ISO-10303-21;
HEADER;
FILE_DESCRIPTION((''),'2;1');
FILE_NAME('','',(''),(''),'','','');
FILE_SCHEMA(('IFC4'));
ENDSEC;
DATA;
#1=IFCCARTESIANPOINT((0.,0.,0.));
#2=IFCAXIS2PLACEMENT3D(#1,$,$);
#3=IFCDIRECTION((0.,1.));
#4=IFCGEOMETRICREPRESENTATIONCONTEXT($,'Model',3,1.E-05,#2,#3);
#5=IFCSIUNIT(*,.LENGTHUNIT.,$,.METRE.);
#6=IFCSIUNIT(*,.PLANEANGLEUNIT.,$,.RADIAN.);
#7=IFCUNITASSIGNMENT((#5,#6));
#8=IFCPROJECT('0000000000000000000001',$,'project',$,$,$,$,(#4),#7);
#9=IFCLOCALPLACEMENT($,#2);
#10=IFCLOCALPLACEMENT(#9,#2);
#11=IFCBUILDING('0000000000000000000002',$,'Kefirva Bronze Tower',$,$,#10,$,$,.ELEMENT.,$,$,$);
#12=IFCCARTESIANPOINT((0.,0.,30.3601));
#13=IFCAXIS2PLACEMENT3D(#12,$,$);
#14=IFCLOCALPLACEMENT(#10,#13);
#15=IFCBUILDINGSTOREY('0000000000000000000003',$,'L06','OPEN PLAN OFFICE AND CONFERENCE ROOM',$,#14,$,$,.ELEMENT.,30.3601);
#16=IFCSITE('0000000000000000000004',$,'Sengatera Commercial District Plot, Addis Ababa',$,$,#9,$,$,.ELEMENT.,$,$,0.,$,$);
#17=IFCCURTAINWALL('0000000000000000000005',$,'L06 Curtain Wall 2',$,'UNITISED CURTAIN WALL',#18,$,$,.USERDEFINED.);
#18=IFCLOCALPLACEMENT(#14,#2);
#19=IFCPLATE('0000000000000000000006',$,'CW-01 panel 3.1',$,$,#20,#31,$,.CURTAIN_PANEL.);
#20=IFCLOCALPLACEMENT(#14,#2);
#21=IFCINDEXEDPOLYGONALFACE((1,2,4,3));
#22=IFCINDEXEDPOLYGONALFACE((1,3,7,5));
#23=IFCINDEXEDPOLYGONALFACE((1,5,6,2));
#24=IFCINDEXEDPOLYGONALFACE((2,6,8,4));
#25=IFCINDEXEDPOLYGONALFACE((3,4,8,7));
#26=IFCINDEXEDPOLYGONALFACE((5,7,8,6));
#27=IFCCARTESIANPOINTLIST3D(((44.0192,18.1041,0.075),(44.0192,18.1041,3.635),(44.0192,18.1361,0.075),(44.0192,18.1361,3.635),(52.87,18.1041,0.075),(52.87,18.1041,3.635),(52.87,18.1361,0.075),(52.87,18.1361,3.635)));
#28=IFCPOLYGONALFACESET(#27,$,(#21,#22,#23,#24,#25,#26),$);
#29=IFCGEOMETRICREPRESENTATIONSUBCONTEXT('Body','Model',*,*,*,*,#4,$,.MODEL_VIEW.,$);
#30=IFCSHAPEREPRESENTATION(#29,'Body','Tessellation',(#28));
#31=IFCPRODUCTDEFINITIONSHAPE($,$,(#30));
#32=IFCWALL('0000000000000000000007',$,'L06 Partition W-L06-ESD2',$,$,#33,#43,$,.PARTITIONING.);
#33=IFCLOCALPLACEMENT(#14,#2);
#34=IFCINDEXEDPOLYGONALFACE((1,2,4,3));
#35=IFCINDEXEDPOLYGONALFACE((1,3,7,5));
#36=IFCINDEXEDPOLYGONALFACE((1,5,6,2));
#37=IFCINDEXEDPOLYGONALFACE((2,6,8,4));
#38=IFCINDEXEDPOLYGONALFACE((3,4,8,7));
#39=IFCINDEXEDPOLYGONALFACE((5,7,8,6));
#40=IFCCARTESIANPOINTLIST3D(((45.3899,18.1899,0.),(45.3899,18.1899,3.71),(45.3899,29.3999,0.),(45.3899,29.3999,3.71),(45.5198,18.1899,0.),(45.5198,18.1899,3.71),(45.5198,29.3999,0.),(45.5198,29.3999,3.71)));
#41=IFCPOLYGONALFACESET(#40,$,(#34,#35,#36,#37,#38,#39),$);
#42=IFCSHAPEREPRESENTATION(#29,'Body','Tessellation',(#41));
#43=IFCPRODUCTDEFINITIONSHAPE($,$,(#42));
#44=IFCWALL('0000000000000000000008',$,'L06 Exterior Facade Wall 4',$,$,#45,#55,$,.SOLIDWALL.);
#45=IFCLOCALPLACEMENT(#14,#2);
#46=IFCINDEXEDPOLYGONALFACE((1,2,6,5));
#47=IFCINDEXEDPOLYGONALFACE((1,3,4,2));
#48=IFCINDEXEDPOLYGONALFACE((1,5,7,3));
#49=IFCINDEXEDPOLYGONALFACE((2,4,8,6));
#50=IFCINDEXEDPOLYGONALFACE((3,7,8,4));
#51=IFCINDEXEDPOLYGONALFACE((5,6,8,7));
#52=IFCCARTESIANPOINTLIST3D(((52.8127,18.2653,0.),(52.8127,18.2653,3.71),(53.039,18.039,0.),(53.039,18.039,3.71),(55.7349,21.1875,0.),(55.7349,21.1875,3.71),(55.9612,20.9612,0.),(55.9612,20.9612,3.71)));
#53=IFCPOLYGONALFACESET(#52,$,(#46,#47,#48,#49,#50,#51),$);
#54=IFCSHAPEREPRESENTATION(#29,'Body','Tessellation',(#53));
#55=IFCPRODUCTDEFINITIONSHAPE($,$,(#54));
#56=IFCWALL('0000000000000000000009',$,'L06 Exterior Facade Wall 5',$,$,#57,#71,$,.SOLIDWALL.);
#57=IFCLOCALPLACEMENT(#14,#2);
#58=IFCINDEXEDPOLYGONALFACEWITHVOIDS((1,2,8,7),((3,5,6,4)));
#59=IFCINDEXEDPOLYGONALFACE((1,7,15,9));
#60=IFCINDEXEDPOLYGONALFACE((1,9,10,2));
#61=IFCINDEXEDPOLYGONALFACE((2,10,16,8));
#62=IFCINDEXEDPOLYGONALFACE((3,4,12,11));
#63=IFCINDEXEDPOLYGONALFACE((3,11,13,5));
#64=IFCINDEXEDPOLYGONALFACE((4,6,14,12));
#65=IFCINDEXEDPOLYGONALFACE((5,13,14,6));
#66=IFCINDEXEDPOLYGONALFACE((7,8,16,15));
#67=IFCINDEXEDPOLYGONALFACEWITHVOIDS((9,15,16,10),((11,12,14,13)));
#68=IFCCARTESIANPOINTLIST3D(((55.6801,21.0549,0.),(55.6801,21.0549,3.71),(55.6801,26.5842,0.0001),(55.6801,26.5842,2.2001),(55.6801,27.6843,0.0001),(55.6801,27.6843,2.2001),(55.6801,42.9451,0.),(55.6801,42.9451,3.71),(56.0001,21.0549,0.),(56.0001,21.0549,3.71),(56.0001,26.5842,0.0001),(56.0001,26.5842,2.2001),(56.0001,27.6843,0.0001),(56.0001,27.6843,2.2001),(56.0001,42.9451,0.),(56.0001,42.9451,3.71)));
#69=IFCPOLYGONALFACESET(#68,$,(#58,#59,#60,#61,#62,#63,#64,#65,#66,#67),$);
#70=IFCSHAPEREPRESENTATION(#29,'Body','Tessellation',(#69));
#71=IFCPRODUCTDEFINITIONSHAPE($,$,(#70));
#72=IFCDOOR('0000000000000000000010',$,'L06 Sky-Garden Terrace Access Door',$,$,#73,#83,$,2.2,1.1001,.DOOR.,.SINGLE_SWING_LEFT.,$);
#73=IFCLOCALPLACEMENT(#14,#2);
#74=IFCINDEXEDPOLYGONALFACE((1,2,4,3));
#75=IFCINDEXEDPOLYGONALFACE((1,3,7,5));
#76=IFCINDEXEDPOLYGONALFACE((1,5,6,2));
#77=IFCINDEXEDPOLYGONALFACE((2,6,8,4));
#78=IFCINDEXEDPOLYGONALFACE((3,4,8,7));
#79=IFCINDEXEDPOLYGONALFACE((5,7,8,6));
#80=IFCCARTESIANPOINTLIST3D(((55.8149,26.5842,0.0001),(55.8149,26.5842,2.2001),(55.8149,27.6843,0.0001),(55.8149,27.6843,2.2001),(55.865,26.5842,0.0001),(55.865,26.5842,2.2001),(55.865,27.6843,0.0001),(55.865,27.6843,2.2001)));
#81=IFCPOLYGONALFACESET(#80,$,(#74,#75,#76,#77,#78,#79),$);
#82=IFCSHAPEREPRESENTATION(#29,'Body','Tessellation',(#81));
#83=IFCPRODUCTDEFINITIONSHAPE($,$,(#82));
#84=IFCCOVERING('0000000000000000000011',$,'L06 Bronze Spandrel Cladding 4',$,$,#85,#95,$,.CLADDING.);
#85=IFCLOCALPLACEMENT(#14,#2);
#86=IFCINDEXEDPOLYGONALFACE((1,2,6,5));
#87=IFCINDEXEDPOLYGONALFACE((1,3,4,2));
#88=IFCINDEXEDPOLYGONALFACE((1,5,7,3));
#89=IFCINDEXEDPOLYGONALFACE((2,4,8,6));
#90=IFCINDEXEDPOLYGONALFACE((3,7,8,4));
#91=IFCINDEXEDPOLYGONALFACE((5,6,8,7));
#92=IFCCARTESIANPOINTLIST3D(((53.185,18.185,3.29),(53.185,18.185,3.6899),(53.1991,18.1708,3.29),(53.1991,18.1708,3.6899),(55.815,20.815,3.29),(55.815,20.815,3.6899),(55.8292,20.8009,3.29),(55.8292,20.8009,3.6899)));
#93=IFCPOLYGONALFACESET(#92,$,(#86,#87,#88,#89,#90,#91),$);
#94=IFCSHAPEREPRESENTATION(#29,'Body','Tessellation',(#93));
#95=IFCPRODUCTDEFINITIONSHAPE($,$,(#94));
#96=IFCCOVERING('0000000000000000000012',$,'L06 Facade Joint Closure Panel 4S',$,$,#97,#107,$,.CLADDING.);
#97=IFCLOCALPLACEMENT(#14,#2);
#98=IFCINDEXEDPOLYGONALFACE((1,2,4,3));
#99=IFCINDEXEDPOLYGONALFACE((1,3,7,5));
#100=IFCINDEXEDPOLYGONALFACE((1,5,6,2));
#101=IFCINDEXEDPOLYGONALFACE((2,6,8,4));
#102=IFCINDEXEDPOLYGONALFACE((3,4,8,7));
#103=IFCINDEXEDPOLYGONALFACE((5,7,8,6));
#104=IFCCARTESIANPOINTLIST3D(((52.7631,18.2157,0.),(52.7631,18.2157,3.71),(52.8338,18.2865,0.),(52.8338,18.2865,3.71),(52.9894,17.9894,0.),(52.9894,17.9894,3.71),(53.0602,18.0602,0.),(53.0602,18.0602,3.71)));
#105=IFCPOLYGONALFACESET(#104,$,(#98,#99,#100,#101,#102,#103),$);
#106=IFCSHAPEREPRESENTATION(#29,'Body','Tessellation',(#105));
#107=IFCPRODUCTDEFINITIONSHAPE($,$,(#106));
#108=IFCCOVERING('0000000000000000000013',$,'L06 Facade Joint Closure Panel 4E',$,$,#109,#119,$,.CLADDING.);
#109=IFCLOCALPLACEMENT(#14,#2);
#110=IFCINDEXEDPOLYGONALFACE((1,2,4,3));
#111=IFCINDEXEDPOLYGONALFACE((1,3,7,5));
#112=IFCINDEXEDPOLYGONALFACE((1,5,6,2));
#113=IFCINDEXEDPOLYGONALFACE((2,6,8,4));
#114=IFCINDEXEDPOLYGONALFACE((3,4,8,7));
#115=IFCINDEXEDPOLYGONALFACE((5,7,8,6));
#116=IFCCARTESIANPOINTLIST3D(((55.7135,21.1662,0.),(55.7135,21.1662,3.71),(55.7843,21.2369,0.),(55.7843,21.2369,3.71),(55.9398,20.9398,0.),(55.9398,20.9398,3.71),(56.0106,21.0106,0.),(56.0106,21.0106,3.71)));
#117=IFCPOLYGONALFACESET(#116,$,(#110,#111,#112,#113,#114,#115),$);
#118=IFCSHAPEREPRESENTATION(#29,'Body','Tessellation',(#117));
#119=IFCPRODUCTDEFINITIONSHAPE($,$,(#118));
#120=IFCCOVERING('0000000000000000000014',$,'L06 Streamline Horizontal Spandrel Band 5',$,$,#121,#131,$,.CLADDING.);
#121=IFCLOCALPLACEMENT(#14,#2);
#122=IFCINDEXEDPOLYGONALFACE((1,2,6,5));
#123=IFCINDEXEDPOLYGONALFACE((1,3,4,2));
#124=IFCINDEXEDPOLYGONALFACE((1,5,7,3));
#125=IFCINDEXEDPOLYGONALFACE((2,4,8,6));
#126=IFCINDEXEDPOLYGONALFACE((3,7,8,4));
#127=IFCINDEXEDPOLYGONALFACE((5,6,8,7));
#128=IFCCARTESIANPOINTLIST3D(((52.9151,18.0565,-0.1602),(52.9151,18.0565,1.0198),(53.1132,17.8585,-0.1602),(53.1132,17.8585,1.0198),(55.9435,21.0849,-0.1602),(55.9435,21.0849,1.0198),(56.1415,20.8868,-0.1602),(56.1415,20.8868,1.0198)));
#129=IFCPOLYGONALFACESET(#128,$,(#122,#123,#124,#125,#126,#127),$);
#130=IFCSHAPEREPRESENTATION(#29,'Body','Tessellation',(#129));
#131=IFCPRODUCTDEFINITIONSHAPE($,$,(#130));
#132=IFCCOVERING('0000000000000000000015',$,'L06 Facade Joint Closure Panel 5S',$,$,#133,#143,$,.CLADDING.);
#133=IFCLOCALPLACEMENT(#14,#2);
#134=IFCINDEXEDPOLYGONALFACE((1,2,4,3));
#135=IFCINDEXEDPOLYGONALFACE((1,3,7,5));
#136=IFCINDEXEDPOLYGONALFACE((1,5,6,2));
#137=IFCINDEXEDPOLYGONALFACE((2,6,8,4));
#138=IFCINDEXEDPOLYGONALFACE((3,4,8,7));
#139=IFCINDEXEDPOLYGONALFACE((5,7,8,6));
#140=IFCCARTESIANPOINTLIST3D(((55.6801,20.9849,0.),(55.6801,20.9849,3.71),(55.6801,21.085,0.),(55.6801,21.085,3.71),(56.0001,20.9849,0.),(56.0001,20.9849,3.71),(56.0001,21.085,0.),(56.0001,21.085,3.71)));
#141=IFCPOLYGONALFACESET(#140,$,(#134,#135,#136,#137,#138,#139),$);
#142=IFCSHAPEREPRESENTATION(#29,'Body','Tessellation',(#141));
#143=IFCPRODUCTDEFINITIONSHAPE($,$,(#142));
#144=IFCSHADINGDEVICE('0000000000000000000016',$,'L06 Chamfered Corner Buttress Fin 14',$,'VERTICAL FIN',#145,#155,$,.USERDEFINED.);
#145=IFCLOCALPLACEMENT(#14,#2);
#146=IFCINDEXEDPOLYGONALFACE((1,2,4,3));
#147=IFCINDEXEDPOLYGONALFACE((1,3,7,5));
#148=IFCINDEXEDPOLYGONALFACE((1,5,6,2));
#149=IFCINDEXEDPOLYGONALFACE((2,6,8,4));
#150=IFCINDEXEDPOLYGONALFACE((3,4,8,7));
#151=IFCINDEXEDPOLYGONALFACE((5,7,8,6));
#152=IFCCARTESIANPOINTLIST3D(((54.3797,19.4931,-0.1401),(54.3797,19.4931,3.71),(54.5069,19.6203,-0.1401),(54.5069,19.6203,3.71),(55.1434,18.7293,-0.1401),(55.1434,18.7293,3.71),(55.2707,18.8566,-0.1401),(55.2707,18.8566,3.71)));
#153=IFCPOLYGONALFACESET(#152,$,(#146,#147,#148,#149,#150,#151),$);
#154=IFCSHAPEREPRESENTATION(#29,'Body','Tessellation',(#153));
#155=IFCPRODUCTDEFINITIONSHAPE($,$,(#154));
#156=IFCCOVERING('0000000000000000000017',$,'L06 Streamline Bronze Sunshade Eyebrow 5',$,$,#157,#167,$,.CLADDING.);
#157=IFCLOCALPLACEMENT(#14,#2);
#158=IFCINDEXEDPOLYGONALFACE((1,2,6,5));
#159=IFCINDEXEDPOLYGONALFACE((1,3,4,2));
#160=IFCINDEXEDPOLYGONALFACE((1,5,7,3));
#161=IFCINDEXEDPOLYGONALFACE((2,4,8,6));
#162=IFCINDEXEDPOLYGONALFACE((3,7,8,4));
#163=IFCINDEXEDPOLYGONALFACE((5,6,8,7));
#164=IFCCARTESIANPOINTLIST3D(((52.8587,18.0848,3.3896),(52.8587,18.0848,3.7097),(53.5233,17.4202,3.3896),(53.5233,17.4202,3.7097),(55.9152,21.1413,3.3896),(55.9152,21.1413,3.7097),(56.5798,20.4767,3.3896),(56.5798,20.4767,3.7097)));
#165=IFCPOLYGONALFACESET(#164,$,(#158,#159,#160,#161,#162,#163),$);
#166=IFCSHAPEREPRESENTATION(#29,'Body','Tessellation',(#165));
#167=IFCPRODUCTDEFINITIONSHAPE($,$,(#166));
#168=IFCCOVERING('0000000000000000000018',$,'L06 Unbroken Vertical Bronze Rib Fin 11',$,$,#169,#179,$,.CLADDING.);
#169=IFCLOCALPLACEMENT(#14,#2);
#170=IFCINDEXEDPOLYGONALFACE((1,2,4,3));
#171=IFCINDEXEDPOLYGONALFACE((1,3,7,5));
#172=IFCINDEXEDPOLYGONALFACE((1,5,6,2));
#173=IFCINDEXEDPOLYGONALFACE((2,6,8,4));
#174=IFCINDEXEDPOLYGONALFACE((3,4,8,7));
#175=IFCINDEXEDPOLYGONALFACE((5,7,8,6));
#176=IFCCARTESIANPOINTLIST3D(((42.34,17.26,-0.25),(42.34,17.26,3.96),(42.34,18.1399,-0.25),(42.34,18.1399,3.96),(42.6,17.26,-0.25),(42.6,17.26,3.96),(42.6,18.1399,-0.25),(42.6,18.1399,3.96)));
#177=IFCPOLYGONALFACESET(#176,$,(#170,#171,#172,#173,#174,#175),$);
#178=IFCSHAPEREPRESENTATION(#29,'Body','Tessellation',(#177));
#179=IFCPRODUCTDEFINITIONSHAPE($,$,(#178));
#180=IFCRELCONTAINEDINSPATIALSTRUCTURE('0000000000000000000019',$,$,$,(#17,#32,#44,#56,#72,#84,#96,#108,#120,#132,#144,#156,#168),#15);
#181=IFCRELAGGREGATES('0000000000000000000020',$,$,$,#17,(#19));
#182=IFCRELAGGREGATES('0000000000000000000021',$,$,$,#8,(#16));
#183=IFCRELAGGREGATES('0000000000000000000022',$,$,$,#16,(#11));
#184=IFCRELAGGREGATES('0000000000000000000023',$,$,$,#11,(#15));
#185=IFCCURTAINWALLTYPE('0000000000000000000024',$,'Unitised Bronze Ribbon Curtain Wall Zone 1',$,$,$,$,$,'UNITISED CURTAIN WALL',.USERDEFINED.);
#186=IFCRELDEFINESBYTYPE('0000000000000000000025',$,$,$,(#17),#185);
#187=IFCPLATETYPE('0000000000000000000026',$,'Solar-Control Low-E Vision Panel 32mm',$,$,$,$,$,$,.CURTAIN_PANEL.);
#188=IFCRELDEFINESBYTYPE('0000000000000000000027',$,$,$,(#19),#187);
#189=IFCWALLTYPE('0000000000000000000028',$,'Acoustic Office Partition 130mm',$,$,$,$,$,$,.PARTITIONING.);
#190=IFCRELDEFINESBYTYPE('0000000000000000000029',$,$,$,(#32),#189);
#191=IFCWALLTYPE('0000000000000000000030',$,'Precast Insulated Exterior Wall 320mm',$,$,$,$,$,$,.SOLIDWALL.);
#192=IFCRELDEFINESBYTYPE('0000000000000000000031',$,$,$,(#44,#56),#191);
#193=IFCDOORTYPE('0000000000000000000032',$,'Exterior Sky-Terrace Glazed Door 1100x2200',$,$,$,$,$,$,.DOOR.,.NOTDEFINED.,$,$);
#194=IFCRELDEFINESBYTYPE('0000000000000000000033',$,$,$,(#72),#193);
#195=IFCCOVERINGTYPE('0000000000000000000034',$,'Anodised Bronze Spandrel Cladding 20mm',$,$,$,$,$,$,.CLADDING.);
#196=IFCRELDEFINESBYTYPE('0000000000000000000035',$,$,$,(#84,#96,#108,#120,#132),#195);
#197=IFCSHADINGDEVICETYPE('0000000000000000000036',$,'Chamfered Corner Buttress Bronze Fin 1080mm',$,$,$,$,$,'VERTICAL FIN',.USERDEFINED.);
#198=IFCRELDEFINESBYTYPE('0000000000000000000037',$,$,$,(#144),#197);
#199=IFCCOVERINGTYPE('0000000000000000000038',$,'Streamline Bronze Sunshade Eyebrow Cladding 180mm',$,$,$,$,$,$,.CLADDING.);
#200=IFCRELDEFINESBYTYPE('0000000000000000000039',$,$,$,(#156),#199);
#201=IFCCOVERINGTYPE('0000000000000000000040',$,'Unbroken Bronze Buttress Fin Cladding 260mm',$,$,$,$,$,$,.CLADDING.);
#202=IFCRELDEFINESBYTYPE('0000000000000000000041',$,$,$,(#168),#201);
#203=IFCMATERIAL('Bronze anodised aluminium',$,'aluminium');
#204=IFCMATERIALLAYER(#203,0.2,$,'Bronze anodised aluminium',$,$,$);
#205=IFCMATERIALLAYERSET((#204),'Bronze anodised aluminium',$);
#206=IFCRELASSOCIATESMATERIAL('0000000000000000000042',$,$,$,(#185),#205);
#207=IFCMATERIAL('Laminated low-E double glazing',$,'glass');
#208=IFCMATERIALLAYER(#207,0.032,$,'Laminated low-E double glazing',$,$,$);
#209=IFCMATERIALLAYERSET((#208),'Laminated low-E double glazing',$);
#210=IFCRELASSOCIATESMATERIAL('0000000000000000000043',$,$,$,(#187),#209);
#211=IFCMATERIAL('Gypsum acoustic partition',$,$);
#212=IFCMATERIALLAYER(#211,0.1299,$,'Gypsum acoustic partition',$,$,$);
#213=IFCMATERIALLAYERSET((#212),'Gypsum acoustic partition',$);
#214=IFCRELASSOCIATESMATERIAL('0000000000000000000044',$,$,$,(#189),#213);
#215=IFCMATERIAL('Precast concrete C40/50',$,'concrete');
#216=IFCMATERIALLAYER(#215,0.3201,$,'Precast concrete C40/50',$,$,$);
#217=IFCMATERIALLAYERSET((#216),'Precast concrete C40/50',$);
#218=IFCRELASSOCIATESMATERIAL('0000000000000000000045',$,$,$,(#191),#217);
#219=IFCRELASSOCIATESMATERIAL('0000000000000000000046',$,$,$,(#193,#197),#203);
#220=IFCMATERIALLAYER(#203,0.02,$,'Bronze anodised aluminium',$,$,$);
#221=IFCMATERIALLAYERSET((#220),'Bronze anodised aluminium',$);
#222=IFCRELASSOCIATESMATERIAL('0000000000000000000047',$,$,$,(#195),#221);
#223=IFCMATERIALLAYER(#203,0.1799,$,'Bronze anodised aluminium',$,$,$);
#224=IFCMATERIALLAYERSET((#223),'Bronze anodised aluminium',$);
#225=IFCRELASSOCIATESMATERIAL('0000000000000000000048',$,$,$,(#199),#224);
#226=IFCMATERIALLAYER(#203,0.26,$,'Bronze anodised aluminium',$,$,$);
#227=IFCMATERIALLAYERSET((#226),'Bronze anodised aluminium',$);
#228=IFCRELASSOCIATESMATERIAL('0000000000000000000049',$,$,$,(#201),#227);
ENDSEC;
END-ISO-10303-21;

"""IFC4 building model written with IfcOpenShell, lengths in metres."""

from ifc_helpers import new_model, si_unit, direction, frame, frame_2d, origin, origin_2d, place, context, subcontext, project, spatial, rectangle, extrude, material, layer, layer_set, material_profile, profile_set, type_object, element, fill, aggregate, save


model = new_model("IFC4")

# Units and contexts
model_context = context("Model", 3, precision=1e-05, world=origin(), true_north=direction((0.0, 1.0)))
body_context = subcontext(model_context, "Body", "Model", "MODEL_VIEW")
ifc_project = project(units=[si_unit("LENGTHUNIT", "METRE"), si_unit("PLANEANGLEUNIT", "RADIAN")], contexts=[model_context])

# Site, building, storey
site_placement = place(None, origin())
site = spatial("IfcSite", under=ifc_project, at=site_placement, Name="Sengatera Commercial District Plot, Addis Ababa", CompositionType="ELEMENT", RefElevation=0.0)
building_placement = place(site_placement, origin())
building = spatial("IfcBuilding", under=site, at=building_placement, Name="Kefirva Bronze Tower", CompositionType="ELEMENT")
storey_placement = place(building_placement, frame((0.0, 0.0, 30.3601)))
storey = spatial("IfcBuildingStorey", under=building, at=storey_placement, Name="L06", Description="OPEN PLAN OFFICE AND CONFERENCE ROOM", CompositionType="ELEMENT", Elevation=30.3601)

# Curtain wall
ifc_material_1 = material(Name="Bronze anodised aluminium", Category="aluminium")
ifc_layer_1 = layer(ifc_material_1, 0.2, Name="Bronze anodised aluminium")
ifc_layer_set_1 = layer_set([ifc_layer_1], Name="Bronze anodised aluminium")
curtain_wall_type = type_object("IfcCurtainWallType", Name="Unitised Bronze Ribbon Curtain Wall Zone 1", ElementType="UNITISED CURTAIN WALL", PredefinedType="USERDEFINED", material=ifc_layer_set_1)
curtain_wall_placement = place(storey_placement, origin())
curtain_wall = element("IfcCurtainWall", 1, at=curtain_wall_placement, inside=storey, type_object=curtain_wall_type, Name="L06 Curtain Wall 2", ObjectType="UNITISED CURTAIN WALL", PredefinedType="USERDEFINED")

# Plate
ifc_material_2 = material(Name="Laminated low-E double glazing", Category="glass")
ifc_layer_2 = layer(ifc_material_2, 0.032, Name="Laminated low-E double glazing")
ifc_layer_set_2 = layer_set([ifc_layer_2], Name="Laminated low-E double glazing")
plate_type = type_object("IfcPlateType", Name="Solar-Control Low-E Vision Panel 32mm", PredefinedType="CURTAIN_PANEL", material=ifc_layer_set_2)
plate_placement = place(storey_placement, frame((48.4446, 18.1201, 0.075), z_axis=(0.0, 0.0, 1.0), x_axis=(1.0, 0.0, 0.0)))
plate = element("IfcPlate", 2, at=plate_placement, type_object=plate_type, Name="CW-01 panel 3.1", PredefinedType="CURTAIN_PANEL", context=body_context, shape_type="SweptSolid", body=[
    extrude(rectangle(XDim=8.8508, YDim=0.032, at=origin_2d()), origin(), (0.0, 0.0, 1.0), 3.5601),
])
aggregate(curtain_wall, [plate])

# Walls
ifc_material_3 = material(Name="Gypsum acoustic partition")
ifc_layer_3 = layer(ifc_material_3, 0.1299, Name="Gypsum acoustic partition")
ifc_layer_set_3 = layer_set([ifc_layer_3], Name="Gypsum acoustic partition")
wall_type_1 = type_object("IfcWallType", Name="Acoustic Office Partition 130mm", PredefinedType="PARTITIONING", material=ifc_layer_set_3)
wall_1_placement = place(storey_placement, frame((45.4548, 18.1899, 0.0), z_axis=(0.0, 0.0, 1.0), x_axis=(0.0, 1.0, 0.0)))
element("IfcWall", 3, at=wall_1_placement, inside=storey, type_object=wall_type_1, Name="L06 Partition W-L06-ESD2", PredefinedType="PARTITIONING", context=body_context, shape_type="SweptSolid", body=[
    extrude(rectangle(XDim=11.21, YDim=0.1299, at=frame_2d((5.605, 0.0))), origin(), (0.0, 0.0, 1.0), 3.71),
])
ifc_material_4 = material(Name="Precast concrete C40/50", Category="concrete")
ifc_layer_4 = layer(ifc_material_4, 0.3201, Name="Precast concrete C40/50")
ifc_layer_set_4 = layer_set([ifc_layer_4], Name="Precast concrete C40/50")
wall_type_2 = type_object("IfcWallType", Name="Precast Insulated Exterior Wall 320mm", PredefinedType="SOLIDWALL", material=ifc_layer_set_4)
wall_2_placement = place(storey_placement, frame((52.9258, 18.1521, 0.0), z_axis=(0.0, 0.0, 1.0), x_axis=(0.707107, 0.707107, 0.0)))
element("IfcWall", 4, at=wall_2_placement, inside=storey, type_object=wall_type_2, Name="L06 Exterior Facade Wall 4", PredefinedType="SOLIDWALL", context=body_context, shape_type="SweptSolid", body=[
    extrude(rectangle(XDim=4.1326, YDim=0.3201, at=frame_2d((2.0664, 0.0))), origin(), (0.0, 0.0, 1.0), 3.71),
])

# Wall, opening, door
wall_3_placement = place(storey_placement, frame((55.8401, 21.0549, 0.0), z_axis=(0.0, 0.0, 1.0), x_axis=(0.0, 1.0, 0.0)))
wall_3 = element("IfcWall", 5, at=wall_3_placement, inside=storey, type_object=wall_type_2, Name="L06 Exterior Facade Wall 5", PredefinedType="SOLIDWALL", context=body_context, shape_type="SweptSolid", body=[
    extrude(rectangle(XDim=21.8901, YDim=0.3201, at=frame_2d((10.9451, 0.0))), origin(), (0.0, 0.0, 1.0), 3.71),
])
opening_placement = place(wall_3_placement, frame((6.6294, 0.0, 0.0), z_axis=(0.0, 0.0, 1.0), x_axis=(-1.0, 0.0, 0.0)))
opening = element("IfcOpeningElement", 6, at=opening_placement, cuts=wall_3, PredefinedType="OPENING", context=body_context, shape_type="SweptSolid", body=[
    extrude(rectangle(XDim=1.1001, YDim=2.2, at=frame_2d((0.55, 1.1001))), frame((0.0, 0.1699, 0.0), z_axis=(0.0, -1.0, 0.0), x_axis=(1.0, 0.0, 0.0)), (0.0, 0.0, 1.0), 0.3401),
])
door_type = type_object("IfcDoorType", Name="Exterior Sky-Terrace Glazed Door 1100x2200", OperationType="NOTDEFINED", PredefinedType="DOOR", material=ifc_material_1)
door_placement = place(opening_placement, origin())
door = element("IfcDoor", 7, at=door_placement, inside=storey, type_object=door_type, Name="L06 Sky-Garden Terrace Access Door", OperationType="SINGLE_SWING_LEFT", OverallHeight=2.2, OverallWidth=1.1001, PredefinedType="DOOR", context=body_context, shape_type="SweptSolid", body=[
    extrude(rectangle(XDim=1.1001, YDim=2.2, at=frame_2d((0.55, 1.1001))), frame((0.0, 0.0249, 0.0), z_axis=(0.0, -1.0, 0.0), x_axis=(1.0, 0.0, 0.0)), (0.0, 0.0, 1.0), 0.05),
])
fill(opening, door)

# Coverings
ifc_layer_5 = layer(ifc_material_1, 0.02, Name="Bronze anodised aluminium")
ifc_layer_set_5 = layer_set([ifc_layer_5], Name="Bronze anodised aluminium")
covering_type_1 = type_object("IfcCoveringType", Name="Anodised Bronze Spandrel Cladding 20mm", PredefinedType="CLADDING", material=ifc_layer_set_5)
covering_1_placement = place(storey_placement, frame((54.5071, 19.4929, 3.29), z_axis=(0.0, 0.0, 1.0), x_axis=(0.707107, 0.707107, 0.0)))
element("IfcCovering", 8, at=covering_1_placement, inside=storey, type_object=covering_type_1, Name="L06 Bronze Spandrel Cladding 4", PredefinedType="CLADDING", context=body_context, shape_type="SweptSolid", body=[
    extrude(rectangle(XDim=3.7195, YDim=0.02, at=origin_2d()), origin(), (0.0, 0.0, 1.0), 0.3999),
])
for number, where, z_axis, x_axis, name in (
    (9, (52.9116, 18.1379, 0.0), (0.0, 0.0, 1.0), (0.707107, 0.707107, 0.0), "L06 Facade Joint Closure Panel 4S"),
    (10, (55.8621, 21.0884, 0.0), (0.0, 0.0, 1.0), (0.707107, 0.707107, 0.0), "L06 Facade Joint Closure Panel 4E"),
):
    element("IfcCovering", number, at=place(storey_placement, frame(where, z_axis=z_axis, x_axis=x_axis)), inside=storey, type_object=covering_type_1, Name=name, PredefinedType="CLADDING", context=body_context, shape_type="SweptSolid", body=[
        extrude(rectangle(XDim=0.1001, YDim=0.3201, at=origin_2d()), origin(), (0.0, 0.0, 1.0), 3.71),
    ])
covering_2_placement = place(storey_placement, frame((54.5283, 19.4717, -0.1602), z_axis=(0.0, 0.0, 1.0), x_axis=(0.707107, 0.707107, 0.0)))
element("IfcCovering", 11, at=covering_2_placement, inside=storey, type_object=covering_type_1, Name="L06 Streamline Horizontal Spandrel Band 5", PredefinedType="CLADDING", context=body_context, shape_type="SweptSolid", body=[
    extrude(rectangle(XDim=4.2827, YDim=0.28, at=origin_2d()), origin(), (0.0, 0.0, 1.0), 1.1799),
])
covering_3_placement = place(storey_placement, frame((55.8401, 21.0349, 0.0), z_axis=(0.0, 0.0, 1.0), x_axis=(0.0, 1.0, 0.0)))
element("IfcCovering", 12, at=covering_3_placement, inside=storey, type_object=covering_type_1, Name="L06 Facade Joint Closure Panel 5S", PredefinedType="CLADDING", context=body_context, shape_type="SweptSolid", body=[
    extrude(rectangle(XDim=0.1001, YDim=0.3201, at=origin_2d()), origin(), (0.0, 0.0, 1.0), 3.71),
])

# Shading device
ifc_material_profile_1 = material_profile(ifc_material_1, rectangle(XDim=0.1799, YDim=1.0801, at=origin_2d()), Name="BRONZE BUTTRESS FIN 180x1080")
ifc_profile_set_1 = profile_set([ifc_material_profile_1], Name="Bronze anodised aluminium")
shading_device_type = type_object("IfcShadingDeviceType", Name="Chamfered Corner Buttress Bronze Fin 1080mm", ElementType="VERTICAL FIN", PredefinedType="USERDEFINED", material=ifc_profile_set_1)
shading_device_placement = place(storey_placement, frame((54.8252, 19.1748, -0.1401), z_axis=(0.0, 0.0, 1.0), x_axis=(0.707107, 0.707107, 0.0)))
element("IfcShadingDevice", 13, at=shading_device_placement, inside=storey, type_object=shading_device_type, Name="L06 Chamfered Corner Buttress Fin 14", ObjectType="VERTICAL FIN", PredefinedType="USERDEFINED", context=body_context, shape_type="SweptSolid", body=[
    extrude(rectangle(XDim=0.1799, YDim=1.0801, at=origin_2d()), origin(), (0.0, 0.0, 1.0), 3.8501),
])

# Coverings
ifc_layer_6 = layer(ifc_material_1, 0.1799, Name="Bronze anodised aluminium")
ifc_layer_set_6 = layer_set([ifc_layer_6], Name="Bronze anodised aluminium")
covering_type_2 = type_object("IfcCoveringType", Name="Streamline Bronze Sunshade Eyebrow Cladding 180mm", PredefinedType="CLADDING", material=ifc_layer_set_6)
covering_4_placement = place(storey_placement, frame((54.7192, 19.2808, 3.3896), z_axis=(0.0, 0.0, 1.0), x_axis=(0.707107, 0.707107, 0.0)))
element("IfcCovering", 14, at=covering_4_placement, inside=storey, type_object=covering_type_2, Name="L06 Streamline Bronze Sunshade Eyebrow 5", PredefinedType="CLADDING", context=body_context, shape_type="SweptSolid", body=[
    extrude(rectangle(XDim=4.3225, YDim=0.9399, at=origin_2d()), origin(), (0.0, 0.0, 1.0), 0.3201),
])
ifc_layer_7 = layer(ifc_material_1, 0.26, Name="Bronze anodised aluminium")
ifc_layer_set_7 = layer_set([ifc_layer_7], Name="Bronze anodised aluminium")
covering_type_3 = type_object("IfcCoveringType", Name="Unbroken Bronze Buttress Fin Cladding 260mm", PredefinedType="CLADDING", material=ifc_layer_set_7)
for number, where, z_axis, x_axis, name in (
    (15, (42.47, 17.7, -0.25), (0.0, 0.0, 1.0), (1.0, 0.0, 0.0), "L06 Unbroken Vertical Bronze Rib Fin 11"),
):
    element("IfcCovering", number, at=place(storey_placement, frame(where, z_axis=z_axis, x_axis=x_axis)), inside=storey, type_object=covering_type_3, Name=name, PredefinedType="CLADDING", context=body_context, shape_type="SweptSolid", body=[
        extrude(rectangle(XDim=0.26, YDim=0.8799, at=origin_2d()), origin(), (0.0, 0.0, 1.0), 4.21),
    ])

save(model, "model.ifc")
